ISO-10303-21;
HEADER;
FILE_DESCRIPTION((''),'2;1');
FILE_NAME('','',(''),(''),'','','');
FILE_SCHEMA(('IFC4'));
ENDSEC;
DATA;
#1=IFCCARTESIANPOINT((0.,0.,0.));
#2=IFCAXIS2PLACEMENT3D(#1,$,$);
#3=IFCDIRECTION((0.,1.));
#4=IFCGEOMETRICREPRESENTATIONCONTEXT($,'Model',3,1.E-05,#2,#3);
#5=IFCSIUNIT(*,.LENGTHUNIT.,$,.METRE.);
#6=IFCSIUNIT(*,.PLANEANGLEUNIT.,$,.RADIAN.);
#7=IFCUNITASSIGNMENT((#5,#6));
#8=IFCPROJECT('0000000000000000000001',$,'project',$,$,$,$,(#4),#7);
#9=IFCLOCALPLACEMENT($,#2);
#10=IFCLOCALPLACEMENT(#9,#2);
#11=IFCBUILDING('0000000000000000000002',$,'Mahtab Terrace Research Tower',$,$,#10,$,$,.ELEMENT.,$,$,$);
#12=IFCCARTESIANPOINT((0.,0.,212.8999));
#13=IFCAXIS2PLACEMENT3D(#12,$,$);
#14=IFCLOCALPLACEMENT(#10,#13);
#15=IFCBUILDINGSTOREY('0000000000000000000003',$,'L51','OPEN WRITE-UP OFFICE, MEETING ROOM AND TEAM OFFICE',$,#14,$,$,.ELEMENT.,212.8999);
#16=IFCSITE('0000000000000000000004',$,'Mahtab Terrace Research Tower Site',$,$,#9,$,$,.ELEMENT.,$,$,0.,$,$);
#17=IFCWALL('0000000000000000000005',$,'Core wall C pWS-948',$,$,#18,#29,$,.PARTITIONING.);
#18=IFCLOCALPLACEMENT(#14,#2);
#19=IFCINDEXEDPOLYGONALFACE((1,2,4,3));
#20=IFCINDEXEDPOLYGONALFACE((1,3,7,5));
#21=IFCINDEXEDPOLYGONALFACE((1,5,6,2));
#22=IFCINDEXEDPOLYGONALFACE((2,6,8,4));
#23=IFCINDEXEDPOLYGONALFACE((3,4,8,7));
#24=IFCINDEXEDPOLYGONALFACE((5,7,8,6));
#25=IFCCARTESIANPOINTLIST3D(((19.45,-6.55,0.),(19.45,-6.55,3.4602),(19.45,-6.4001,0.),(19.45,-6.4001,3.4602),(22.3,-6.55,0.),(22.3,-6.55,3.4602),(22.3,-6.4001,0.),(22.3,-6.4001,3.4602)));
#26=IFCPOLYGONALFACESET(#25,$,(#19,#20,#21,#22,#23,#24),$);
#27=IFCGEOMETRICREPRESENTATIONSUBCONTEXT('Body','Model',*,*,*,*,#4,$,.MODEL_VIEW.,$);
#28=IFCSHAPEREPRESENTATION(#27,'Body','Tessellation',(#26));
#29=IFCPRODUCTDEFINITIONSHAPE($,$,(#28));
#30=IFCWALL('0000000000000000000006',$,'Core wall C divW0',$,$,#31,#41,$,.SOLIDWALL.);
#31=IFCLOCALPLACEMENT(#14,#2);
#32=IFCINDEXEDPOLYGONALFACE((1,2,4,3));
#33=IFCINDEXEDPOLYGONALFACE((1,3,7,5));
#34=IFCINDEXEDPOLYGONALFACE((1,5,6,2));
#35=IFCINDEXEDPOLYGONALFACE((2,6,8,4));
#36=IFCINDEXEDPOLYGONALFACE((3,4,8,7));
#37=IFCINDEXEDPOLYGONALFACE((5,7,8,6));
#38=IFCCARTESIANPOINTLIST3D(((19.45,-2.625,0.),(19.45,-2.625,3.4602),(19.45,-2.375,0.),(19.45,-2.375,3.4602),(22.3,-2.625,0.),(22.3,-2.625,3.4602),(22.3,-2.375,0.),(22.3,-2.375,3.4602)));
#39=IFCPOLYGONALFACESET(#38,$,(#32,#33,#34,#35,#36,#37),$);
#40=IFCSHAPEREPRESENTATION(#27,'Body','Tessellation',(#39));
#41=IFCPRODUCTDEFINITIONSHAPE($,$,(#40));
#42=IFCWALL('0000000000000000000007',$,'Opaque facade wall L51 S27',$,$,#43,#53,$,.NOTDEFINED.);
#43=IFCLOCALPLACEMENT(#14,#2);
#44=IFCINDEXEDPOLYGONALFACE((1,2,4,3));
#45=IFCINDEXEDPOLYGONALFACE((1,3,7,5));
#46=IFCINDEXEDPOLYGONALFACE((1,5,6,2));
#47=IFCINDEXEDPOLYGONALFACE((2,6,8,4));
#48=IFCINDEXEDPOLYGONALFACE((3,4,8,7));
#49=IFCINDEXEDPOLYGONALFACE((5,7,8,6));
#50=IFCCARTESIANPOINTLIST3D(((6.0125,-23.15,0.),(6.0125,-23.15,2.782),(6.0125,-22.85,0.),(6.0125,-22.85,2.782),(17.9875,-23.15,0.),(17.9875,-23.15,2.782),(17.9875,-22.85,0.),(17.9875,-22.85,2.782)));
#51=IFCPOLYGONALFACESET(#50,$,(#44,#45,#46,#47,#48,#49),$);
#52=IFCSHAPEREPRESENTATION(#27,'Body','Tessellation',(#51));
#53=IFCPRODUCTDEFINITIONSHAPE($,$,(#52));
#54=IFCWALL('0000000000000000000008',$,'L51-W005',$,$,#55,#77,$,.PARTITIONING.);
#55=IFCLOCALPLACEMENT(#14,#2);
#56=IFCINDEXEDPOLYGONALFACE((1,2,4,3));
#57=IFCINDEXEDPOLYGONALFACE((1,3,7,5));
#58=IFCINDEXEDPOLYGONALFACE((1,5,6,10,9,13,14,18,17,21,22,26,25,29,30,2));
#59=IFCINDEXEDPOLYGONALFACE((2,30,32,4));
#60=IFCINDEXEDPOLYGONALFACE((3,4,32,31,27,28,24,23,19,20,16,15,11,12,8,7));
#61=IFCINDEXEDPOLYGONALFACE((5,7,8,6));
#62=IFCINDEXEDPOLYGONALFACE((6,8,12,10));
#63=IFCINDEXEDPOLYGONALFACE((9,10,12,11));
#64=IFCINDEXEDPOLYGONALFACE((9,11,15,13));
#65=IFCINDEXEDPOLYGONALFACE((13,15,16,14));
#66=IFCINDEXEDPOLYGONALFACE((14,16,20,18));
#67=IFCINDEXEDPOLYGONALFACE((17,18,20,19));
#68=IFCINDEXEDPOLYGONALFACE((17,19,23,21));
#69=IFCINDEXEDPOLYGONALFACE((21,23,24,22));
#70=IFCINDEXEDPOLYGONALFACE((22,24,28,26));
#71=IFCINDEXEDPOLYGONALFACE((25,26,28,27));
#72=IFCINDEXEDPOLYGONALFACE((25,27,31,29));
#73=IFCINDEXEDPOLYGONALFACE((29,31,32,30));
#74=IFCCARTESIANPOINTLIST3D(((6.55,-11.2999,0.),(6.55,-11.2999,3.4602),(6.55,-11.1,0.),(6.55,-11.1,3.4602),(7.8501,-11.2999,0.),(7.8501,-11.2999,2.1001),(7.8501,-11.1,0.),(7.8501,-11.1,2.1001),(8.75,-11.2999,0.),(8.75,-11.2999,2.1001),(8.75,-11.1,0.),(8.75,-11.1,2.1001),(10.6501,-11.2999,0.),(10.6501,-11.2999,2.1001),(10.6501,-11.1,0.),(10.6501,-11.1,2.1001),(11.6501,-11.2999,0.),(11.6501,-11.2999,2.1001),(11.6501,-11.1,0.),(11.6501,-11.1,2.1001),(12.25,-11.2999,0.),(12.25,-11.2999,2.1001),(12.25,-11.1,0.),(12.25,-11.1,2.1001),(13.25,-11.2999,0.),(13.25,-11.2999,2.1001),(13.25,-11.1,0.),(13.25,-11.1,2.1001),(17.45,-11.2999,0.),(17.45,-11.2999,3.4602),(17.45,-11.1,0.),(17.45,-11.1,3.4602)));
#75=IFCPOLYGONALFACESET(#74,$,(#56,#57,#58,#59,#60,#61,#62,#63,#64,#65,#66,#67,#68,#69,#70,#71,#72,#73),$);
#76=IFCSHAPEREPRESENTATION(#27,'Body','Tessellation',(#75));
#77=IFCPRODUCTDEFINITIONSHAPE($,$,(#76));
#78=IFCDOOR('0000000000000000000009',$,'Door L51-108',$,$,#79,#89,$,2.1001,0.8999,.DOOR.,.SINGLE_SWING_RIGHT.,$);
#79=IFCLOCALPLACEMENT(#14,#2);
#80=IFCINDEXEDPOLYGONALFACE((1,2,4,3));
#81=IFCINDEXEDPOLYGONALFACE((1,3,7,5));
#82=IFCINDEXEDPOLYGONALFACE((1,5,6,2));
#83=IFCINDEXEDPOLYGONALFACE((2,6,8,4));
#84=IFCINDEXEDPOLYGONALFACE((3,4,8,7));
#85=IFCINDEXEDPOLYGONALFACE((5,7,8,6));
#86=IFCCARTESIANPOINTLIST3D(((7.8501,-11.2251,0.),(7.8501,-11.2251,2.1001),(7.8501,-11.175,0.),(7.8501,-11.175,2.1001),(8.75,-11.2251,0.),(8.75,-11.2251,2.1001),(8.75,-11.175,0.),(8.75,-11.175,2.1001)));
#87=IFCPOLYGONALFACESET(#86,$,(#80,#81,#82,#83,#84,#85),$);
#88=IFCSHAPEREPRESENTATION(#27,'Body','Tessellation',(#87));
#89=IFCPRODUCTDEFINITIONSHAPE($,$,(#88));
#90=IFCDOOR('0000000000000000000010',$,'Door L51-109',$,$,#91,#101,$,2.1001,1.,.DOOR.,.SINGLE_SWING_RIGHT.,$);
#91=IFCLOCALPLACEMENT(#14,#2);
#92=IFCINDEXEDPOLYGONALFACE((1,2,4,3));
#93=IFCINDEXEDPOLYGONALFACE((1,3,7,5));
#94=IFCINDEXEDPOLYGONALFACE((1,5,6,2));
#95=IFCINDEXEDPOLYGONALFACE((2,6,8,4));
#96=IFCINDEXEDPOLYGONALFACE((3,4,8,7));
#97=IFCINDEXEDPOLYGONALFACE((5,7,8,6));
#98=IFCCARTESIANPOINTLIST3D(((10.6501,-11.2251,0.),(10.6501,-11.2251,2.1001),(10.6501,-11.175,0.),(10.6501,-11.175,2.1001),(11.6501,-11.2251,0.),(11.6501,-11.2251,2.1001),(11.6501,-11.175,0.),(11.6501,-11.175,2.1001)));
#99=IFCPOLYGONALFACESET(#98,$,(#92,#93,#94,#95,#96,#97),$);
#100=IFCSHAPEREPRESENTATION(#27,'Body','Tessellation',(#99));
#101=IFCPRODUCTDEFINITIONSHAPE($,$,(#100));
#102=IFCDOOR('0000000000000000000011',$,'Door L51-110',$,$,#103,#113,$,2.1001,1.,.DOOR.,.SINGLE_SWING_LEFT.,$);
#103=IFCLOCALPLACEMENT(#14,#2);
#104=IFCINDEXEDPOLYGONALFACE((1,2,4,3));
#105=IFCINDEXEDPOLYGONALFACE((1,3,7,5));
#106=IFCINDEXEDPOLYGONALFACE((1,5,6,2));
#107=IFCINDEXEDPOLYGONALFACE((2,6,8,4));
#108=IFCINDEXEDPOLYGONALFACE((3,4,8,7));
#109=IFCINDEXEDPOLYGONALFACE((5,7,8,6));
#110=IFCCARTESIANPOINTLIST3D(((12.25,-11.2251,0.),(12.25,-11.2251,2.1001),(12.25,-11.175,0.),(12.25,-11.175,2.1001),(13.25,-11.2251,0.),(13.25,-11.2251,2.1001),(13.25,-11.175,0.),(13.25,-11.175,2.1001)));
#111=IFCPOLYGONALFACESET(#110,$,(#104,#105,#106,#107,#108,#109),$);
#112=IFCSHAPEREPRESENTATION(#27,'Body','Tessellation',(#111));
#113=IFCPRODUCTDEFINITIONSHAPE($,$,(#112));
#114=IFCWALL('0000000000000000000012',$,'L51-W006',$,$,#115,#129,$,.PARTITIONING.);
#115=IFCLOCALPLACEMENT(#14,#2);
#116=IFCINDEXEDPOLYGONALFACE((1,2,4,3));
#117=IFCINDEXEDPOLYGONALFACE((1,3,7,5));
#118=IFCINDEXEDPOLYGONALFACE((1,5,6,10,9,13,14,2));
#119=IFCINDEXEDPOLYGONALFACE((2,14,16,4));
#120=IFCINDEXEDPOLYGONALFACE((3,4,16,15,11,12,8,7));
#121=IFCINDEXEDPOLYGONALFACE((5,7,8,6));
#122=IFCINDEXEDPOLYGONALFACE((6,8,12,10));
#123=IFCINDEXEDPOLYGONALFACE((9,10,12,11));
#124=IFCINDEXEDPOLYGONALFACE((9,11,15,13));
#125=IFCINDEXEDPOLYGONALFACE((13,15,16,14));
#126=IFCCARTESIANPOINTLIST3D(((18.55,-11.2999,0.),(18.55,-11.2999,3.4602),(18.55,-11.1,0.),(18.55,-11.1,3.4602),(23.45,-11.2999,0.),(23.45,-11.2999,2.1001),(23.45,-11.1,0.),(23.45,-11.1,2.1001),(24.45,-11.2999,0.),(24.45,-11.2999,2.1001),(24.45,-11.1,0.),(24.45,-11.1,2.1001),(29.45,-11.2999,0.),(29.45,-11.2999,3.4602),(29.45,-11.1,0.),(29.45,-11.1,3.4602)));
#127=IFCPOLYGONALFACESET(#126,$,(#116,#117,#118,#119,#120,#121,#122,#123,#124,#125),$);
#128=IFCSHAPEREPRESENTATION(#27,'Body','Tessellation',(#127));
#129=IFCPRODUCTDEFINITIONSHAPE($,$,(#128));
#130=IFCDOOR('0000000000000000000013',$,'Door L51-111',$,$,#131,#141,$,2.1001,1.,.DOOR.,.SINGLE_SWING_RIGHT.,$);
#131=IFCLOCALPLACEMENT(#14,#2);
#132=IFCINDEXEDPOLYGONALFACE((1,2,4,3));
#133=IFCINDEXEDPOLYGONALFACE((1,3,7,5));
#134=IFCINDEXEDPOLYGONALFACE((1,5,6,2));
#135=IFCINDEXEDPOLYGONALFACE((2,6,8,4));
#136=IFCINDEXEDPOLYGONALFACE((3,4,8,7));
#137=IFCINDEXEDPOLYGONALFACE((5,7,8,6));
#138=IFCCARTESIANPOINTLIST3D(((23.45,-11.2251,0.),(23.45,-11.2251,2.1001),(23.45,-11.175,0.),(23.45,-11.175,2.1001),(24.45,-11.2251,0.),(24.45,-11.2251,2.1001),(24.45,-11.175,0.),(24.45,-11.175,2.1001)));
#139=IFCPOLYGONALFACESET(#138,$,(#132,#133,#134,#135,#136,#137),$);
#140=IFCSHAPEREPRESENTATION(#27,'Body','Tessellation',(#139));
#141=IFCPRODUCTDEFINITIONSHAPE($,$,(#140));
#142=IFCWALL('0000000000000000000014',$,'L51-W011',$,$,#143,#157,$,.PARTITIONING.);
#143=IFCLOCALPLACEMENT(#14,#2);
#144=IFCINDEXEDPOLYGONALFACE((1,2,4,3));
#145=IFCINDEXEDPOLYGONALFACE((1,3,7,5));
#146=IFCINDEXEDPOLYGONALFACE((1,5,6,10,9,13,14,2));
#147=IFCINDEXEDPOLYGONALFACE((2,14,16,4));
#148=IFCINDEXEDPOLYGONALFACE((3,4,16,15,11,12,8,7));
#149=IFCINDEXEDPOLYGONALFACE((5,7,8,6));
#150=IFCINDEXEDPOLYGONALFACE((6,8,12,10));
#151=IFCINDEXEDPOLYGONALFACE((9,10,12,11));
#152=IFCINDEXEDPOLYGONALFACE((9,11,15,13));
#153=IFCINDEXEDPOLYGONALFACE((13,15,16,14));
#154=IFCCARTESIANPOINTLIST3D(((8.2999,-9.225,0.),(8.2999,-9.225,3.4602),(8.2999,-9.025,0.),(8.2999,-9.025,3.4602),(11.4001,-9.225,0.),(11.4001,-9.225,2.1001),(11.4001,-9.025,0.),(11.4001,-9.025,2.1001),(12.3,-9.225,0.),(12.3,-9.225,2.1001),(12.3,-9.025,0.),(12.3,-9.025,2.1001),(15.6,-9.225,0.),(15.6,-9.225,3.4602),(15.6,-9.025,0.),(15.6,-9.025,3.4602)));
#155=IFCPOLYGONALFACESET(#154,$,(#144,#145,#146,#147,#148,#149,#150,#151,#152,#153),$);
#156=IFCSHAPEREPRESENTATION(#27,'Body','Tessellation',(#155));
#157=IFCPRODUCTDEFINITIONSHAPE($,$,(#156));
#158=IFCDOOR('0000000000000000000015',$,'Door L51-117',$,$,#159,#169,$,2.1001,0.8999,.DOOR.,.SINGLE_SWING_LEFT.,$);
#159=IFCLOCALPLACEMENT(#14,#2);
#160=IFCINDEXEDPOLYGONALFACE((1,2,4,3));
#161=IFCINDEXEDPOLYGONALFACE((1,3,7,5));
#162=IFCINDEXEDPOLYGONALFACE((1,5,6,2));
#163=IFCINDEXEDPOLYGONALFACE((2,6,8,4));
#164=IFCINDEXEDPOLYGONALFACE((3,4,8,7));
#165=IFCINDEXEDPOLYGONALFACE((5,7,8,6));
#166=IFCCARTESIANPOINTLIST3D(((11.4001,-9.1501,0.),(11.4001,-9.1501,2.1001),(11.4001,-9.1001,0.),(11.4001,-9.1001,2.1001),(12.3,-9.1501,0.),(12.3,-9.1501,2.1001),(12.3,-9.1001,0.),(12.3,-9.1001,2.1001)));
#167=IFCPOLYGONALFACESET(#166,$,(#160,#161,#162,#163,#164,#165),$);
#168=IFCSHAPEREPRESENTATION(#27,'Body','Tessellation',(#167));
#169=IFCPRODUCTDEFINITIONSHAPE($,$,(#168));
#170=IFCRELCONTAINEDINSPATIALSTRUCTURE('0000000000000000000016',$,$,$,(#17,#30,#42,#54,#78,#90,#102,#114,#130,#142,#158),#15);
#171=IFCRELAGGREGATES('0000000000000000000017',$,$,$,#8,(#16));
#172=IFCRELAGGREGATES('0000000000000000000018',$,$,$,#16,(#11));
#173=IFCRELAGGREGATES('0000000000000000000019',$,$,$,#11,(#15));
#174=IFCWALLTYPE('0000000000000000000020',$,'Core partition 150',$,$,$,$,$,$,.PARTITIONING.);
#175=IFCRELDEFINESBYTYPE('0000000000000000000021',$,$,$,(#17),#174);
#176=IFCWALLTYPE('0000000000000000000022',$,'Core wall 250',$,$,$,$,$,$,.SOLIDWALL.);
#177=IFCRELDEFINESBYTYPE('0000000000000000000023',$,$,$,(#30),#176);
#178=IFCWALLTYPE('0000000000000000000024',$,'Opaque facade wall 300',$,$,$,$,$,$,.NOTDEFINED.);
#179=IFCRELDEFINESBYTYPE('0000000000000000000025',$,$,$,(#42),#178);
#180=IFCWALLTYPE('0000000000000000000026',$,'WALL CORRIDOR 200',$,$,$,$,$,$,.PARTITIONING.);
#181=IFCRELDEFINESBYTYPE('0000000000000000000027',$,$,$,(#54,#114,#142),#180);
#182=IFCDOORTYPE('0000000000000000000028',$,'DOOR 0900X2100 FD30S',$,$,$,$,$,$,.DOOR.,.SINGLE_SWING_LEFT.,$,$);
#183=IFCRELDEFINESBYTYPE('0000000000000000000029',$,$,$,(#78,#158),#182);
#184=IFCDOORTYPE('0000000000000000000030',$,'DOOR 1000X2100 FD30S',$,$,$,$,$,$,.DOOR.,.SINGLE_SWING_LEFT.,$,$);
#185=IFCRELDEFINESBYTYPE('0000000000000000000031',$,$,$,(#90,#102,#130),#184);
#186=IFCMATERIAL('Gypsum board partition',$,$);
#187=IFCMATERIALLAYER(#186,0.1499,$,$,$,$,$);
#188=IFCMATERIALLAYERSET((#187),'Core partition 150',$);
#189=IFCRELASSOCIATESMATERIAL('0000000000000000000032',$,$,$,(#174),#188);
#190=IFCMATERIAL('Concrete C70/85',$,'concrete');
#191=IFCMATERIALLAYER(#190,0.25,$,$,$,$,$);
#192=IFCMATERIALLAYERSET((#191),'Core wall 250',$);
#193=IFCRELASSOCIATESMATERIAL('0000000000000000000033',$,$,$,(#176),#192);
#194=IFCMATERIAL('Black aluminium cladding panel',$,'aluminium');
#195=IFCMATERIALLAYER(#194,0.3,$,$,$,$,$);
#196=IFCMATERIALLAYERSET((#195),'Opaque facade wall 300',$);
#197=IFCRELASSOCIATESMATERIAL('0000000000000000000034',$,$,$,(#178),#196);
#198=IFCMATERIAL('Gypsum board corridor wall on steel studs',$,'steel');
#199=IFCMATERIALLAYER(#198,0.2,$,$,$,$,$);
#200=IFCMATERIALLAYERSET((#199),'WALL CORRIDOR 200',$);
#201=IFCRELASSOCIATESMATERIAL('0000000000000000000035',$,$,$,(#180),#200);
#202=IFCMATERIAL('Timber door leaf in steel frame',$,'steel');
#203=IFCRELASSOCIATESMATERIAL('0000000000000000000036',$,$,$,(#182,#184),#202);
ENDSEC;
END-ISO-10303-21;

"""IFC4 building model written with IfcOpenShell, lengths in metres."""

from ifc_helpers import new_model, si_unit, direction, frame, frame_2d, origin, place, context, subcontext, project, spatial, rectangle, extrude, material, layer, layer_set, type_object, element, fill, save


model = new_model("IFC4")

# Units and contexts
model_context = context("Model", 3, precision=1e-05, world=origin(), true_north=direction((0.0, 1.0)))
body_context = subcontext(model_context, "Body", "Model", "MODEL_VIEW")
ifc_project = project(units=[si_unit("LENGTHUNIT", "METRE"), si_unit("PLANEANGLEUNIT", "RADIAN")], contexts=[model_context])

# Site, building, storey
site_placement = place(None, origin())
site = spatial("IfcSite", under=ifc_project, at=site_placement, Name="Mahtab Terrace Research Tower Site", CompositionType="ELEMENT", RefElevation=0.0)
building_placement = place(site_placement, origin())
building = spatial("IfcBuilding", under=site, at=building_placement, Name="Mahtab Terrace Research Tower", CompositionType="ELEMENT")
storey_placement = place(building_placement, frame((0.0, 0.0, 212.8999)))
storey = spatial("IfcBuildingStorey", under=building, at=storey_placement, Name="L51", Description="OPEN WRITE-UP OFFICE, MEETING ROOM AND TEAM OFFICE", CompositionType="ELEMENT", Elevation=212.8999)

# Shared definitions
ifc_material_1 = material(Name="Concrete C70/85", Category="concrete")

# Walls
ifc_material_2 = material(Name="Gypsum board partition")
ifc_layer_1 = layer(ifc_material_2, 0.1499)
ifc_layer_set_1 = layer_set([ifc_layer_1], Name="Core partition 150")
wall_type_1 = type_object("IfcWallType", Name="Core partition 150", PredefinedType="PARTITIONING", material=ifc_layer_set_1)
wall_1_placement = place(storey_placement, frame((19.45, -6.4751, 0.0), z_axis=(0.0, 0.0, 1.0), x_axis=(1.0, 0.0, 0.0)))
element("IfcWall", 1, at=wall_1_placement, inside=storey, type_object=wall_type_1, Name="Core wall C pWS-948", PredefinedType="PARTITIONING", context=body_context, shape_type="SweptSolid", body=[
    extrude(rectangle(XDim=2.8501, YDim=0.1499, at=frame_2d((1.425, 0.0))), origin(), (0.0, 0.0, 1.0), 3.4602),
])
ifc_layer_2 = layer(ifc_material_1, 0.25)
ifc_layer_set_2 = layer_set([ifc_layer_2], Name="Core wall 250")
wall_type_2 = type_object("IfcWallType", Name="Core wall 250", PredefinedType="SOLIDWALL", material=ifc_layer_set_2)
wall_2_placement = place(storey_placement, frame((19.45, -2.5, 0.0), z_axis=(0.0, 0.0, 1.0), x_axis=(1.0, 0.0, 0.0)))
element("IfcWall", 2, at=wall_2_placement, inside=storey, type_object=wall_type_2, Name="Core wall C divW0", PredefinedType="SOLIDWALL", context=body_context, shape_type="SweptSolid", body=[
    extrude(rectangle(XDim=2.8501, YDim=0.25, at=frame_2d((1.425, 0.0))), origin(), (0.0, 0.0, 1.0), 3.4602),
])
ifc_material_3 = material(Name="Black aluminium cladding panel", Category="aluminium")
ifc_layer_3 = layer(ifc_material_3, 0.3)
ifc_layer_set_3 = layer_set([ifc_layer_3], Name="Opaque facade wall 300")
wall_type_3 = type_object("IfcWallType", Name="Opaque facade wall 300", PredefinedType="NOTDEFINED", material=ifc_layer_set_3)
wall_3_placement = place(storey_placement, frame((6.0125, -23.0, 0.0), z_axis=(0.0, 0.0, 1.0), x_axis=(1.0, 0.0, 0.0)))
element("IfcWall", 3, at=wall_3_placement, inside=storey, type_object=wall_type_3, Name="Opaque facade wall L51 S27", PredefinedType="NOTDEFINED", context=body_context, shape_type="SweptSolid", body=[
    extrude(rectangle(XDim=11.9751, YDim=0.3, at=frame_2d((5.9875, 0.0))), origin(), (0.0, 0.0, 1.0), 2.782),
])

# Wall, openings, doors
ifc_material_4 = material(Name="Gypsum board corridor wall on steel studs", Category="steel")
ifc_layer_4 = layer(ifc_material_4, 0.2)
ifc_layer_set_4 = layer_set([ifc_layer_4], Name="WALL CORRIDOR 200")
wall_type_4 = type_object("IfcWallType", Name="WALL CORRIDOR 200", PredefinedType="PARTITIONING", material=ifc_layer_set_4)
wall_4_placement = place(storey_placement, frame((6.55, -11.2, 0.0), z_axis=(0.0, 0.0, 1.0), x_axis=(1.0, 0.0, 0.0)))
wall_4 = element("IfcWall", 4, at=wall_4_placement, inside=storey, type_object=wall_type_4, Name="L51-W005", PredefinedType="PARTITIONING", context=body_context, shape_type="SweptSolid", body=[
    extrude(rectangle(XDim=10.8999, YDim=0.2, at=frame_2d((5.45, 0.0))), origin(), (0.0, 0.0, 1.0), 3.4602),
])
opening_1_placement = place(wall_4_placement, frame((1.3, 0.0, 0.0)))
opening_1 = element("IfcOpeningElement", 5, at=opening_1_placement, cuts=wall_4, PredefinedType="OPENING", context=body_context, shape_type="SweptSolid", body=[
    extrude(rectangle(XDim=0.8999, YDim=2.1001, at=frame_2d((0.45, 1.05))), frame((0.0, 0.1099, 0.0), z_axis=(0.0, -1.0, 0.0), x_axis=(1.0, 0.0, 0.0)), (0.0, 0.0, 1.0), 0.22),
])
opening_2_placement = place(wall_4_placement, frame((4.1001, 0.0, 0.0)))
opening_2 = element("IfcOpeningElement", 6, at=opening_2_placement, cuts=wall_4, PredefinedType="OPENING", context=body_context, shape_type="SweptSolid", body=[
    extrude(rectangle(XDim=1.0, YDim=2.1001, at=frame_2d((0.5, 1.05))), frame((0.0, 0.1099, 0.0), z_axis=(0.0, -1.0, 0.0), x_axis=(1.0, 0.0, 0.0)), (0.0, 0.0, 1.0), 0.22),
])
opening_3_placement = place(wall_4_placement, frame((5.7, 0.0, 0.0)))
opening_3 = element("IfcOpeningElement", 7, at=opening_3_placement, cuts=wall_4, PredefinedType="OPENING", context=body_context, shape_type="SweptSolid", body=[
    extrude(rectangle(XDim=1.0, YDim=2.1001, at=frame_2d((0.5, 1.05))), frame((0.0, 0.1099, 0.0), z_axis=(0.0, -1.0, 0.0), x_axis=(1.0, 0.0, 0.0)), (0.0, 0.0, 1.0), 0.22),
])
ifc_material_5 = material(Name="Timber door leaf in steel frame", Category="steel")
door_type_1 = type_object("IfcDoorType", Name="DOOR 0900X2100 FD30S", OperationType="SINGLE_SWING_LEFT", PredefinedType="DOOR", material=ifc_material_5)
door_1_placement = place(opening_1_placement, origin())
door_1 = element("IfcDoor", 8, at=door_1_placement, inside=storey, type_object=door_type_1, Name="Door L51-108", OperationType="SINGLE_SWING_RIGHT", OverallHeight=2.1001, OverallWidth=0.8999, PredefinedType="DOOR", context=body_context, shape_type="SweptSolid", body=[
    extrude(rectangle(XDim=0.8999, YDim=2.1001, at=frame_2d((0.45, 1.05))), frame((0.0, 0.0249, 0.0), z_axis=(0.0, -1.0, 0.0), x_axis=(1.0, 0.0, 0.0)), (0.0, 0.0, 1.0), 0.05),
])
fill(opening_1, door_1)
door_type_2 = type_object("IfcDoorType", Name="DOOR 1000X2100 FD30S", OperationType="SINGLE_SWING_LEFT", PredefinedType="DOOR", material=ifc_material_5)
door_2_placement = place(opening_2_placement, origin())
door_2 = element("IfcDoor", 9, at=door_2_placement, inside=storey, type_object=door_type_2, Name="Door L51-109", OperationType="SINGLE_SWING_RIGHT", OverallHeight=2.1001, OverallWidth=1.0, PredefinedType="DOOR", context=body_context, shape_type="SweptSolid", body=[
    extrude(rectangle(XDim=1.0, YDim=2.1001, at=frame_2d((0.5, 1.05))), frame((0.0, 0.0249, 0.0), z_axis=(0.0, -1.0, 0.0), x_axis=(1.0, 0.0, 0.0)), (0.0, 0.0, 1.0), 0.05),
])
fill(opening_2, door_2)
door_3_placement = place(opening_3_placement, origin())
door_3 = element("IfcDoor", 10, at=door_3_placement, inside=storey, type_object=door_type_2, Name="Door L51-110", OperationType="SINGLE_SWING_LEFT", OverallHeight=2.1001, OverallWidth=1.0, PredefinedType="DOOR", context=body_context, shape_type="SweptSolid", body=[
    extrude(rectangle(XDim=1.0, YDim=2.1001, at=frame_2d((0.5, 1.05))), frame((0.0, 0.0249, 0.0), z_axis=(0.0, -1.0, 0.0), x_axis=(1.0, 0.0, 0.0)), (0.0, 0.0, 1.0), 0.05),
])
fill(opening_3, door_3)

# Walls, openings, doors
wall_5_placement = place(storey_placement, frame((18.55, -11.2, 0.0), z_axis=(0.0, 0.0, 1.0), x_axis=(1.0, 0.0, 0.0)))
wall_5 = element("IfcWall", 11, at=wall_5_placement, inside=storey, type_object=wall_type_4, Name="L51-W006", PredefinedType="PARTITIONING", context=body_context, shape_type="SweptSolid", body=[
    extrude(rectangle(XDim=10.8999, YDim=0.2, at=frame_2d((5.45, 0.0))), origin(), (0.0, 0.0, 1.0), 3.4602),
])
opening_4_placement = place(wall_5_placement, frame((4.8999, 0.0, 0.0)))
opening_4 = element("IfcOpeningElement", 12, at=opening_4_placement, cuts=wall_5, PredefinedType="OPENING", context=body_context, shape_type="SweptSolid", body=[
    extrude(rectangle(XDim=1.0, YDim=2.1001, at=frame_2d((0.5, 1.05))), frame((0.0, 0.1099, 0.0), z_axis=(0.0, -1.0, 0.0), x_axis=(1.0, 0.0, 0.0)), (0.0, 0.0, 1.0), 0.22),
])
door_4_placement = place(opening_4_placement, origin())
door_4 = element("IfcDoor", 13, at=door_4_placement, inside=storey, type_object=door_type_2, Name="Door L51-111", OperationType="SINGLE_SWING_RIGHT", OverallHeight=2.1001, OverallWidth=1.0, PredefinedType="DOOR", context=body_context, shape_type="SweptSolid", body=[
    extrude(rectangle(XDim=1.0, YDim=2.1001, at=frame_2d((0.5, 1.05))), frame((0.0, 0.0249, 0.0), z_axis=(0.0, -1.0, 0.0), x_axis=(1.0, 0.0, 0.0)), (0.0, 0.0, 1.0), 0.05),
])
fill(opening_4, door_4)
wall_6_placement = place(storey_placement, frame((8.3, -9.125, 0.0), z_axis=(0.0, 0.0, 1.0), x_axis=(1.0, 0.0, 0.0)))
wall_6 = element("IfcWall", 14, at=wall_6_placement, inside=storey, type_object=wall_type_4, Name="L51-W011", PredefinedType="PARTITIONING", context=body_context, shape_type="SweptSolid", body=[
    extrude(rectangle(XDim=7.3, YDim=0.2, at=frame_2d((3.6499, 0.0))), origin(), (0.0, 0.0, 1.0), 3.4602),
])
opening_5_placement = place(wall_6_placement, frame((3.1001, 0.0, 0.0)))
opening_5 = element("IfcOpeningElement", 15, at=opening_5_placement, cuts=wall_6, PredefinedType="OPENING", context=body_context, shape_type="SweptSolid", body=[
    extrude(rectangle(XDim=0.8999, YDim=2.1001, at=frame_2d((0.45, 1.05))), frame((0.0, 0.1099, 0.0), z_axis=(0.0, -1.0, 0.0), x_axis=(1.0, 0.0, 0.0)), (0.0, 0.0, 1.0), 0.22),
])
door_5_placement = place(opening_5_placement, origin())
door_5 = element("IfcDoor", 16, at=door_5_placement, inside=storey, type_object=door_type_1, Name="Door L51-117", OperationType="SINGLE_SWING_LEFT", OverallHeight=2.1001, OverallWidth=0.8999, PredefinedType="DOOR", context=body_context, shape_type="SweptSolid", body=[
    extrude(rectangle(XDim=0.8999, YDim=2.1001, at=frame_2d((0.45, 1.05))), frame((0.0, 0.0249, 0.0), z_axis=(0.0, -1.0, 0.0), x_axis=(1.0, 0.0, 0.0)), (0.0, 0.0, 1.0), 0.05),
])
fill(opening_5, door_5)

save(model, "model.ifc")
